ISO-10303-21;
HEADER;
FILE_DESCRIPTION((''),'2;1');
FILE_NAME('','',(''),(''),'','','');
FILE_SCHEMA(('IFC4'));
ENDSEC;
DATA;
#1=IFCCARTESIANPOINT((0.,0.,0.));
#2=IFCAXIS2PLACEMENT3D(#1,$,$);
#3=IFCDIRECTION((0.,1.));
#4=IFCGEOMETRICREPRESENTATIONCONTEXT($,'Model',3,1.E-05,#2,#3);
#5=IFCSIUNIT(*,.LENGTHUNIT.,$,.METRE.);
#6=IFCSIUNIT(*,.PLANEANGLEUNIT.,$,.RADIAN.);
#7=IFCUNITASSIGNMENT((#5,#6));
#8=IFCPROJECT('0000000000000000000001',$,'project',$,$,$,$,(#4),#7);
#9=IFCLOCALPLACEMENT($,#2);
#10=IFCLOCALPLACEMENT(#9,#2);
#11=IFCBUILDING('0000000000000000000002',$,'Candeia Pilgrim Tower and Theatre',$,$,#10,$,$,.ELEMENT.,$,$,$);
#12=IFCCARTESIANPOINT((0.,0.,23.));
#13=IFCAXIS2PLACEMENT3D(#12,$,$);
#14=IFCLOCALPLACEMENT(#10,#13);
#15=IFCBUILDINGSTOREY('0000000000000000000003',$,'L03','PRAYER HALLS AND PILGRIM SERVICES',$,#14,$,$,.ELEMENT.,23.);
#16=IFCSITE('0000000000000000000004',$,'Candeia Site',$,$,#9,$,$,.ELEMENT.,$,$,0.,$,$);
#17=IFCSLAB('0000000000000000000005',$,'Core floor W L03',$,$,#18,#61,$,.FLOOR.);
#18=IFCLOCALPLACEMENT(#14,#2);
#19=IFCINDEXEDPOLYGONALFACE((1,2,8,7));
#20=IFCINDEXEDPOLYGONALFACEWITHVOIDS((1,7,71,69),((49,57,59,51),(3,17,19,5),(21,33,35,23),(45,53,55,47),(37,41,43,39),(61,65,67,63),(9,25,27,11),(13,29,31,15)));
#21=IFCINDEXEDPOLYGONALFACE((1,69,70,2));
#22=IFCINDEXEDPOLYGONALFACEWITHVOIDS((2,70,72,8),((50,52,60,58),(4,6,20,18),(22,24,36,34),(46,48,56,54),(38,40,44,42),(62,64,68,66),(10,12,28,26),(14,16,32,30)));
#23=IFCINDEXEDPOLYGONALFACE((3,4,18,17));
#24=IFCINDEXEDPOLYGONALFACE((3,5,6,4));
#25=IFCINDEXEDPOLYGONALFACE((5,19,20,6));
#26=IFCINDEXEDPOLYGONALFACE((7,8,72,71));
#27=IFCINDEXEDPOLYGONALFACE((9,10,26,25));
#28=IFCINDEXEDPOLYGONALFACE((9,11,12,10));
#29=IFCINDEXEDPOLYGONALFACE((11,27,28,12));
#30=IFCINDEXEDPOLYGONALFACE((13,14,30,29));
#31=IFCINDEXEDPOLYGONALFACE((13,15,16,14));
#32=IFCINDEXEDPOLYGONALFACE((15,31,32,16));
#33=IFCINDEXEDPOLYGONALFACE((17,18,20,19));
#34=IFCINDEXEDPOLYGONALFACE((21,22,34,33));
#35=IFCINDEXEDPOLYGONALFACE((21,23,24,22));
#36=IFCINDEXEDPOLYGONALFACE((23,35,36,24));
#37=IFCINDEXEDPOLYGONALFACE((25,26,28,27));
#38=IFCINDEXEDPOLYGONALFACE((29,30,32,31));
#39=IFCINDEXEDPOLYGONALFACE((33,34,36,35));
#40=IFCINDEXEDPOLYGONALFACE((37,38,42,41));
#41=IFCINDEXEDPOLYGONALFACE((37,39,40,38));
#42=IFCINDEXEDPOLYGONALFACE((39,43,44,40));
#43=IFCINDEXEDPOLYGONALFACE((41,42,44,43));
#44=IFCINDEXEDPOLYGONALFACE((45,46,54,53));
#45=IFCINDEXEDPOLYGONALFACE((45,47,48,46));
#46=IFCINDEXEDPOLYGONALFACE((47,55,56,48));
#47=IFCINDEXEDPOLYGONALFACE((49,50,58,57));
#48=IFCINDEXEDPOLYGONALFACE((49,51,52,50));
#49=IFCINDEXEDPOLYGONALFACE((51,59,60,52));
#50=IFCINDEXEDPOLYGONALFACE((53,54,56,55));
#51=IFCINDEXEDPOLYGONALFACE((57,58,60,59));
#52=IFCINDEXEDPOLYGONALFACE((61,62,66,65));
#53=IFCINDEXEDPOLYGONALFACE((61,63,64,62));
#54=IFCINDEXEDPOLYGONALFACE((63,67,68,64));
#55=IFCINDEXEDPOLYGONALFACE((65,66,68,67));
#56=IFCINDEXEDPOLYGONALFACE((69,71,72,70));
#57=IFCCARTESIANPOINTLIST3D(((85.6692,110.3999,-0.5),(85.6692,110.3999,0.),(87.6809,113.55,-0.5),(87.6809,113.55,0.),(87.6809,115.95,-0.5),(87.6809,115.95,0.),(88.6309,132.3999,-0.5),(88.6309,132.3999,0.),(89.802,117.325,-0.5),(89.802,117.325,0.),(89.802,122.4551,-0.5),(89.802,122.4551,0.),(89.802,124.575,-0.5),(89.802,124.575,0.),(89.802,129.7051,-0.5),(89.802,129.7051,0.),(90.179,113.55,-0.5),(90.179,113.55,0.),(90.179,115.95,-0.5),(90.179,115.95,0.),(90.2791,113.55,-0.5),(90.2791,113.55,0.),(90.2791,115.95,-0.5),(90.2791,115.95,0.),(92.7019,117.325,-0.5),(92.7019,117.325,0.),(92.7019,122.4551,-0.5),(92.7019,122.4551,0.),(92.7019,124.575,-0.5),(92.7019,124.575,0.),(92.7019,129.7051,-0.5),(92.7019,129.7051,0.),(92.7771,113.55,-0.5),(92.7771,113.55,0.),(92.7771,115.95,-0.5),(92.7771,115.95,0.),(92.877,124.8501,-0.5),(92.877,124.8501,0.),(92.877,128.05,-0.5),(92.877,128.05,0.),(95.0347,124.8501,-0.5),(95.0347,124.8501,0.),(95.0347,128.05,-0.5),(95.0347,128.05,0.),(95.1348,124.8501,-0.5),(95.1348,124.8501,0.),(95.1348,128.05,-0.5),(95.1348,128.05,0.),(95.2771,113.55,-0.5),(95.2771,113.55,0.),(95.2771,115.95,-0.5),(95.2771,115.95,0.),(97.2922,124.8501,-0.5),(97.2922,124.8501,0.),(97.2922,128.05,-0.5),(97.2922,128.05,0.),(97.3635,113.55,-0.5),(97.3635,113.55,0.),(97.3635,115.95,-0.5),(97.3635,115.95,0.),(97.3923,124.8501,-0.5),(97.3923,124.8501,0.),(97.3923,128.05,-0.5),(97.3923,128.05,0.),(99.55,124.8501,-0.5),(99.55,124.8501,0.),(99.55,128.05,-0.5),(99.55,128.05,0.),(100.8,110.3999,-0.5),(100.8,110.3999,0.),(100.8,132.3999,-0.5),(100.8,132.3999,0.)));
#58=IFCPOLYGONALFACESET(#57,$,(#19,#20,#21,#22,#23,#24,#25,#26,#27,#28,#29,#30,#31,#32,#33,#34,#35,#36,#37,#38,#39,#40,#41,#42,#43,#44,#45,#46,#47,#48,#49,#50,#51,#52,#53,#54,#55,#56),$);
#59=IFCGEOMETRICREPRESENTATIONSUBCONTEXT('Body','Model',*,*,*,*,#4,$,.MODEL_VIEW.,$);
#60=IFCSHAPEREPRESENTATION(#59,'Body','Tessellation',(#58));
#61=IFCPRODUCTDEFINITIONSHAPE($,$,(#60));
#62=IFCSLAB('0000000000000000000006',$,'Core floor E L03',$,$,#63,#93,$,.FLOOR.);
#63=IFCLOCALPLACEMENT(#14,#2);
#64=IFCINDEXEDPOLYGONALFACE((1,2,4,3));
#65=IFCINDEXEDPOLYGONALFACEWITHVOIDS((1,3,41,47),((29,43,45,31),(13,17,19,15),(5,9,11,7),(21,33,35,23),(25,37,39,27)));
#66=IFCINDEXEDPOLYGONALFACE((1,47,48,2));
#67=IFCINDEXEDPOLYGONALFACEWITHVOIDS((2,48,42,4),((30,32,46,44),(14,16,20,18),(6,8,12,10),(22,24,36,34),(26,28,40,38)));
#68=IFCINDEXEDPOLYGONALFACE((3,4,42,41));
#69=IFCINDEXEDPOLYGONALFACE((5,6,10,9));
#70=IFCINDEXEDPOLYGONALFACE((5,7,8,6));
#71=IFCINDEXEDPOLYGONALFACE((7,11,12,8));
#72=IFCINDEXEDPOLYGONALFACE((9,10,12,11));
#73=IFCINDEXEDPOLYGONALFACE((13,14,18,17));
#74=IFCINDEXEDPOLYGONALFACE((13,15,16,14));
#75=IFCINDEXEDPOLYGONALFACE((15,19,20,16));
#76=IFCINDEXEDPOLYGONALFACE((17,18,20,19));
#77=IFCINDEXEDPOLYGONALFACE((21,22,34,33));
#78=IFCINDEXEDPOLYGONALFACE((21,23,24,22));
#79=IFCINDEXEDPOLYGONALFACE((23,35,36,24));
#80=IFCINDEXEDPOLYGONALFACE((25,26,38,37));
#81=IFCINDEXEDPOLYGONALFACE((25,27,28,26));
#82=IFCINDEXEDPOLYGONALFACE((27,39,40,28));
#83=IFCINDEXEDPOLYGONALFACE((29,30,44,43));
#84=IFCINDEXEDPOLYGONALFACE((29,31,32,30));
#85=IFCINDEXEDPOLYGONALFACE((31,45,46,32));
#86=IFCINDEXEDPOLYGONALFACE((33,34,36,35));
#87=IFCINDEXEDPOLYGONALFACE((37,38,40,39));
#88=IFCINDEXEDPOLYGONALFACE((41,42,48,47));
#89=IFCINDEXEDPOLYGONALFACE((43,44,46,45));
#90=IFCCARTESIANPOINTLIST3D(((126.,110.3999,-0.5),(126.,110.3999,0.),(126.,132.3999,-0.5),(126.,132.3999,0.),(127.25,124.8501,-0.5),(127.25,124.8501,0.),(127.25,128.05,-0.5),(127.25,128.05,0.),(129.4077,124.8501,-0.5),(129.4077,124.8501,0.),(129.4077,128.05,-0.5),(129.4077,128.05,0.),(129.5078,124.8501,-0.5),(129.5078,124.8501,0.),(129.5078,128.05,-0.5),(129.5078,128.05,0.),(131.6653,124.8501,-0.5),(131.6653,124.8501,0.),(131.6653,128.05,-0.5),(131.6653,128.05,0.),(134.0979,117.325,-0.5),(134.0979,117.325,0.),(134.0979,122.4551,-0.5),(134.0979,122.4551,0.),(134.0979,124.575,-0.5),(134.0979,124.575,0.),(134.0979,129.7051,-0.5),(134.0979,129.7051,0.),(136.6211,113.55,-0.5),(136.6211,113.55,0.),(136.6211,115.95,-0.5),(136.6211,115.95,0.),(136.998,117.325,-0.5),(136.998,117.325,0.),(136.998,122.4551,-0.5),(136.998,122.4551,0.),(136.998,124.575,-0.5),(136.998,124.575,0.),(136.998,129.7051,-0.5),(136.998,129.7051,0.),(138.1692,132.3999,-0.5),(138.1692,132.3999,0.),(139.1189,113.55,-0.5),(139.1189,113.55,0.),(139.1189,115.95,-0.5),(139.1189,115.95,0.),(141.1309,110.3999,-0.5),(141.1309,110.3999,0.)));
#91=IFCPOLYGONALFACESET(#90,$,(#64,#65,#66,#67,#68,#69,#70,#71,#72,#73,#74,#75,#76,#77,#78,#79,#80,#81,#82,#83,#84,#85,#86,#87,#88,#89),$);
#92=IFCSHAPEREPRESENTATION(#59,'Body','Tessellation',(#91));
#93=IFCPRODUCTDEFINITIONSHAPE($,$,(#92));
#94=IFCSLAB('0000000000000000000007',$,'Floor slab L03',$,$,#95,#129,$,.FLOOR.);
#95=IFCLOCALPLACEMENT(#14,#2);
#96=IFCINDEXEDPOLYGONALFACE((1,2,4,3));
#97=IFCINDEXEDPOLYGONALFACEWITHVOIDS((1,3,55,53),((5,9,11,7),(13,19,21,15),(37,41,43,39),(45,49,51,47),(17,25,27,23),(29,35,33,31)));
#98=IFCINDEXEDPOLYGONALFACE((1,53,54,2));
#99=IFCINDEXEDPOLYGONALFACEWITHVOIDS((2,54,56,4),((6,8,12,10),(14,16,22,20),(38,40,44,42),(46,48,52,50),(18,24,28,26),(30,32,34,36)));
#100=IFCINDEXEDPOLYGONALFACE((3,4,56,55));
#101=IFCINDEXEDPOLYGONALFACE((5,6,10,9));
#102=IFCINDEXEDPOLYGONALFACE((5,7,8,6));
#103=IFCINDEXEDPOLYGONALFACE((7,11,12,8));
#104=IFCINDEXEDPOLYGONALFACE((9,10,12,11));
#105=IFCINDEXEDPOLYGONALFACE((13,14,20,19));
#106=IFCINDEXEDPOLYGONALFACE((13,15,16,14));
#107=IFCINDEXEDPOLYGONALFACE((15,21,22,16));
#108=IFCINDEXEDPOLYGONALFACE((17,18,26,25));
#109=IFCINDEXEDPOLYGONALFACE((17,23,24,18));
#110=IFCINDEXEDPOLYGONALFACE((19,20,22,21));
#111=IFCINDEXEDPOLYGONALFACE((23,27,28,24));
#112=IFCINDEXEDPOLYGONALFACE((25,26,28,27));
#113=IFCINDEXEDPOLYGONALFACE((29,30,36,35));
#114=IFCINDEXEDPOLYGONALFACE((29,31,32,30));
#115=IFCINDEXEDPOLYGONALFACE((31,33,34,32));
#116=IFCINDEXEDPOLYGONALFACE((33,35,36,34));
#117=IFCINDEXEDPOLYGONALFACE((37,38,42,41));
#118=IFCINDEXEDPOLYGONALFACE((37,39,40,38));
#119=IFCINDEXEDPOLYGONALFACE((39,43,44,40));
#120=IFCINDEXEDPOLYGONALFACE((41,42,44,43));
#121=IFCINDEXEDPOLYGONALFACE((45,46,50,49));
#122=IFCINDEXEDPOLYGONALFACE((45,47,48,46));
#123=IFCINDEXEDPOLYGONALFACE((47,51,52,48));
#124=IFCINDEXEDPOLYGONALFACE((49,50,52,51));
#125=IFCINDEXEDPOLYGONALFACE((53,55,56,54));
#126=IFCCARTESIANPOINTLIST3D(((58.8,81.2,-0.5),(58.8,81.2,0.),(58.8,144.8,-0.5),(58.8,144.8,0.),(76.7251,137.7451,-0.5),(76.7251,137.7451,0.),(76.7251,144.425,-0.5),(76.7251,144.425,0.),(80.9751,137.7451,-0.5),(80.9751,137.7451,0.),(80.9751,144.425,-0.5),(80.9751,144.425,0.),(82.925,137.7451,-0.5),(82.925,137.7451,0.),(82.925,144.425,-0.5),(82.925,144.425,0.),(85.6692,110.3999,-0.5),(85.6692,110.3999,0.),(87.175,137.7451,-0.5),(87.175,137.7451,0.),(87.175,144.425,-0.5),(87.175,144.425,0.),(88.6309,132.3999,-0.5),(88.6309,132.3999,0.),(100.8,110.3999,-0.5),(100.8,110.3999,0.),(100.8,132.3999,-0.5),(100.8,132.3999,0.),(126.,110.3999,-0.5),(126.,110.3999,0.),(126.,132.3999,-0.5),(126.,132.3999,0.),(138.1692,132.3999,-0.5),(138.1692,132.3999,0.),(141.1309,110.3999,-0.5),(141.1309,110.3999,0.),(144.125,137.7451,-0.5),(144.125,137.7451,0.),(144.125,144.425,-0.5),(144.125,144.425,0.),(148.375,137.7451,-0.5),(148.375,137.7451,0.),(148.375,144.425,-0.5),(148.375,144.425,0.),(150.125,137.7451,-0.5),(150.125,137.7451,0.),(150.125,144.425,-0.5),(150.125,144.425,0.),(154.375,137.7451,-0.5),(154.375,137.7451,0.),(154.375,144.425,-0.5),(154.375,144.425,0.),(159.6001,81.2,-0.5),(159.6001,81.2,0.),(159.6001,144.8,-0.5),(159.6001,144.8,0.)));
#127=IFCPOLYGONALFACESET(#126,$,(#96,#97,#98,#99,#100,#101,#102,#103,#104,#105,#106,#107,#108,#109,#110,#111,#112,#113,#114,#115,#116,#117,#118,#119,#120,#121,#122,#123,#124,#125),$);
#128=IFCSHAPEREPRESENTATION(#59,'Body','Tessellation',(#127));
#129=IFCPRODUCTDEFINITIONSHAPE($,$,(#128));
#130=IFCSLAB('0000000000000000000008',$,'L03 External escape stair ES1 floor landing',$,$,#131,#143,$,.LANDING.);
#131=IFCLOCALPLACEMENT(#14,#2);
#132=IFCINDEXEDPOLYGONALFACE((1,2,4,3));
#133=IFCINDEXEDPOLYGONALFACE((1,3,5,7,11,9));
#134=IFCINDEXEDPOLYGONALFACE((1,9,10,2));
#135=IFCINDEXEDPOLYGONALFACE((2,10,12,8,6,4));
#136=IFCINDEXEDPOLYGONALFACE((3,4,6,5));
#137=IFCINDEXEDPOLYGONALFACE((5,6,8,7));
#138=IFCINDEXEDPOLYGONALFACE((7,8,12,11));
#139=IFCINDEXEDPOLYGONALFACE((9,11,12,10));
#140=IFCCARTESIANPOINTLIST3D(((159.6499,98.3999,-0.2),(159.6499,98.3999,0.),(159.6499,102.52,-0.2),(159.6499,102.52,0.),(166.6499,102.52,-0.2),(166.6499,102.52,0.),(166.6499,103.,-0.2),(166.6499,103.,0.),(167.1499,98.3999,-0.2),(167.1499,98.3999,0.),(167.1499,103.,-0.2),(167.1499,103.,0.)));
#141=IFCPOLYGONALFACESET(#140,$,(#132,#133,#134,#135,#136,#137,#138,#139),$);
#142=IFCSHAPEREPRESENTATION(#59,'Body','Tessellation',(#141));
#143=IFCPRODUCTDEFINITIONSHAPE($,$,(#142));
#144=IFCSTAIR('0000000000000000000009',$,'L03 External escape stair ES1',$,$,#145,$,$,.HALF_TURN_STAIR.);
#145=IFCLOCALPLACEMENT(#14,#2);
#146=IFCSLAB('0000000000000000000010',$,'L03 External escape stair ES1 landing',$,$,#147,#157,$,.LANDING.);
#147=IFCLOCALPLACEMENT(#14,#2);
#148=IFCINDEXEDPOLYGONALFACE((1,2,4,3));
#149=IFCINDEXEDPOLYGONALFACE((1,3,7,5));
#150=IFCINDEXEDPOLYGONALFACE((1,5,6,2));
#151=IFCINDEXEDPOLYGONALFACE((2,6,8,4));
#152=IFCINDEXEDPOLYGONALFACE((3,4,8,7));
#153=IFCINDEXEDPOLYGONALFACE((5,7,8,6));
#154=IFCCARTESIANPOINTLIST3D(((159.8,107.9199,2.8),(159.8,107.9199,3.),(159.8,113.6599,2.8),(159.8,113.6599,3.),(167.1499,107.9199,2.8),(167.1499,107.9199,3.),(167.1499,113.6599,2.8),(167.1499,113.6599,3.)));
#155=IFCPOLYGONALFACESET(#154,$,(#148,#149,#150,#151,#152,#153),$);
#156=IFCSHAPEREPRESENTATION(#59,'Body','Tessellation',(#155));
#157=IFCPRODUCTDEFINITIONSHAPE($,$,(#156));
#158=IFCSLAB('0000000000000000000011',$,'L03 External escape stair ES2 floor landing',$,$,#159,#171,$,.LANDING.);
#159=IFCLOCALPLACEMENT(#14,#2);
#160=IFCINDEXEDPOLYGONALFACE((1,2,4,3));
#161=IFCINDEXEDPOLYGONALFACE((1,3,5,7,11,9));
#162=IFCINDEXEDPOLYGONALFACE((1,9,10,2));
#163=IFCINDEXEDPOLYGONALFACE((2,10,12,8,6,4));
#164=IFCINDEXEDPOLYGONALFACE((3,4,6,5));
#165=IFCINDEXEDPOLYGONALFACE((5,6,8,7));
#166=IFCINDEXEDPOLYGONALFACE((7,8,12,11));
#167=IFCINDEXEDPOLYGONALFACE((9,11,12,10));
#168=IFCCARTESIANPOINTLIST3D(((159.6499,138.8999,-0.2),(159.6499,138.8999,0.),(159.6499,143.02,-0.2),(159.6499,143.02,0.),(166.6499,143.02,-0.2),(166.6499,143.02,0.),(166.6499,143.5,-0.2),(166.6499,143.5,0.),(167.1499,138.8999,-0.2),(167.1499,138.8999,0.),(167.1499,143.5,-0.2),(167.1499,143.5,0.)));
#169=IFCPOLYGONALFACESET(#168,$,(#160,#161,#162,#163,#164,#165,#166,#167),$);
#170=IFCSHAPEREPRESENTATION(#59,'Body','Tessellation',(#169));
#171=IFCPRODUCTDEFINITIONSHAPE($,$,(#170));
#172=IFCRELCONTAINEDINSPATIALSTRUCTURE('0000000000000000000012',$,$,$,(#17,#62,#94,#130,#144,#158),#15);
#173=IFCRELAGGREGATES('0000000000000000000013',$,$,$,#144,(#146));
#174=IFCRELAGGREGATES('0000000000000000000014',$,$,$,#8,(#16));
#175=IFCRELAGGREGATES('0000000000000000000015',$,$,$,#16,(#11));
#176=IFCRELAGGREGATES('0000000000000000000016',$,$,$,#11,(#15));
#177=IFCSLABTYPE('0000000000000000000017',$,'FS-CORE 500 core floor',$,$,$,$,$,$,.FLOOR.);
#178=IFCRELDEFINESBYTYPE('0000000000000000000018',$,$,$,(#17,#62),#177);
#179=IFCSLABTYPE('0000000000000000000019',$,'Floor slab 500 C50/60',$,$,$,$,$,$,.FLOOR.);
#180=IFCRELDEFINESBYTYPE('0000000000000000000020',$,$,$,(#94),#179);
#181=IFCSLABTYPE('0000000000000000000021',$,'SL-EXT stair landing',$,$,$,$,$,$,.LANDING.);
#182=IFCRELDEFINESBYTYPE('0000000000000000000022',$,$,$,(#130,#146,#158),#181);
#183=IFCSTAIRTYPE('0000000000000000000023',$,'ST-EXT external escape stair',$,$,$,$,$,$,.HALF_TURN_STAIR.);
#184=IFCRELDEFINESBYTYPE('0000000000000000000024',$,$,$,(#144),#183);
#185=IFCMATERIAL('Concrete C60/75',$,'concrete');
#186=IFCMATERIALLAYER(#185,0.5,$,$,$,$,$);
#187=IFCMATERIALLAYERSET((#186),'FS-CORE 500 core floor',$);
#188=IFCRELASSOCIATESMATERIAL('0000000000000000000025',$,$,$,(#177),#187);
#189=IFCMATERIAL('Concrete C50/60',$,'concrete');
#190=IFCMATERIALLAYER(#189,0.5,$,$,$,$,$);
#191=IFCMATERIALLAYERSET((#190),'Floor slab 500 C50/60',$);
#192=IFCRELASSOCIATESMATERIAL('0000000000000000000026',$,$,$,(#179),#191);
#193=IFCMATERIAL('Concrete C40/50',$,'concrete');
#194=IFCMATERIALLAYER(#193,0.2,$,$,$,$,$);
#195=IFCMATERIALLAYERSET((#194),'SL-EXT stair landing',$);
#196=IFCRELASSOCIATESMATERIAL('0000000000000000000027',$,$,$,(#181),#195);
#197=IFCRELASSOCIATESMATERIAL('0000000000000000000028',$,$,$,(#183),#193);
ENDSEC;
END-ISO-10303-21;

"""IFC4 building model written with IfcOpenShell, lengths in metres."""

from ifc_helpers import new_model, si_unit, direction, frame, origin, place, context, subcontext, project, spatial, polyline, outline, extrude, material, layer, layer_set, type_object, element, aggregate, save


model = new_model("IFC4")

# Units and contexts
model_context = context("Model", 3, precision=1e-05, world=origin(), true_north=direction((0.0, 1.0)))
body_context = subcontext(model_context, "Body", "Model", "MODEL_VIEW")
ifc_project = project(units=[si_unit("LENGTHUNIT", "METRE"), si_unit("PLANEANGLEUNIT", "RADIAN")], contexts=[model_context])

# Site, building, storey
site_placement = place(None, origin())
site = spatial("IfcSite", under=ifc_project, at=site_placement, Name="Candeia Site", CompositionType="ELEMENT", RefElevation=0.0)
building_placement = place(site_placement, origin())
building = spatial("IfcBuilding", under=site, at=building_placement, Name="Candeia Pilgrim Tower and Theatre", CompositionType="ELEMENT")
storey_placement = place(building_placement, frame((0.0, 0.0, 23.0)))
storey = spatial("IfcBuildingStorey", under=building, at=storey_placement, Name="L03", Description="PRAYER HALLS AND PILGRIM SERVICES", CompositionType="ELEMENT", Elevation=23.0)

# Slabs
ifc_material_1 = material(Name="Concrete C60/75", Category="concrete")
ifc_layer_1 = layer(ifc_material_1, 0.5)
ifc_layer_set_1 = layer_set([ifc_layer_1], Name="FS-CORE 500 core floor")
slab_type_1 = type_object("IfcSlabType", Name="FS-CORE 500 core floor", PredefinedType="FLOOR", material=ifc_layer_set_1)
slab_1_placement = place(storey_placement, frame((0.0, 0.0, -0.5)))
element("IfcSlab", 1, at=slab_1_placement, inside=storey, type_object=slab_type_1, Name="Core floor W L03", PredefinedType="FLOOR", context=body_context, shape_type="SweptSolid", body=[
    extrude(outline(polyline([(100.8, 132.3999), (100.8, 110.3999), (85.6692, 110.3999), (88.6309, 132.3999), (100.8, 132.3999)]), holes=[polyline([(97.3923, 128.05), (97.3923, 124.8501), (99.55, 124.8501), (99.55, 128.05), (97.3923, 128.05)]), polyline([(95.2771, 115.95), (95.2771, 113.55), (97.3635, 113.55), (97.3635, 115.95), (95.2771, 115.95)]), polyline([(95.1348, 128.05), (95.1348, 124.8501), (97.2922, 124.8501), (97.2922, 128.05), (95.1348, 128.05)]), polyline([(92.877, 128.05), (92.877, 124.8501), (95.0347, 124.8501), (95.0347, 128.05), (92.877, 128.05)]), polyline([(90.2791, 115.95), (90.2791, 113.55), (92.7771, 113.55), (92.7771, 115.95), (90.2791, 115.95)]), polyline([(89.802, 122.4551), (89.802, 117.325), (92.7019, 117.325), (92.7019, 122.4551), (89.802, 122.4551)]), polyline([(89.802, 129.7051), (89.802, 124.575), (92.7019, 124.575), (92.7019, 129.7051), (89.802, 129.7051)]), polyline([(87.6809, 115.95), (87.6809, 113.55), (90.179, 113.55), (90.179, 115.95), (87.6809, 115.95)])]), origin(), (0.0, 0.0, 1.0), 0.5),
])
slab_2_placement = place(storey_placement, frame((0.0, 0.0, -0.5)))
element("IfcSlab", 2, at=slab_2_placement, inside=storey, type_object=slab_type_1, Name="Core floor E L03", PredefinedType="FLOOR", context=body_context, shape_type="SweptSolid", body=[
    extrude(outline(polyline([(138.1692, 132.3999), (141.1309, 110.3999), (126.0, 110.3999), (126.0, 132.3999), (138.1692, 132.3999)]), holes=[polyline([(136.6211, 115.95), (136.6211, 113.55), (139.1189, 113.55), (139.1189, 115.95), (136.6211, 115.95)]), polyline([(134.0979, 117.325), (136.998, 117.325), (136.998, 122.4551), (134.0979, 122.4551), (134.0979, 117.325)]), polyline([(134.0979, 129.7051), (134.0979, 124.575), (136.998, 124.575), (136.998, 129.7051), (134.0979, 129.7051)]), polyline([(131.6653, 128.05), (129.5078, 128.05), (129.5078, 124.8501), (131.6653, 124.8501), (131.6653, 128.05)]), polyline([(127.25, 128.05), (127.25, 124.8501), (129.4077, 124.8501), (129.4077, 128.05), (127.25, 128.05)])]), origin(), (0.0, 0.0, 1.0), 0.5),
])
ifc_material_2 = material(Name="Concrete C50/60", Category="concrete")
ifc_layer_2 = layer(ifc_material_2, 0.5)
ifc_layer_set_2 = layer_set([ifc_layer_2], Name="Floor slab 500 C50/60")
slab_type_2 = type_object("IfcSlabType", Name="Floor slab 500 C50/60", PredefinedType="FLOOR", material=ifc_layer_set_2)
slab_3_placement = place(storey_placement, frame((0.0, 0.0, -0.5)))
element("IfcSlab", 3, at=slab_3_placement, inside=storey, type_object=slab_type_2, Name="Floor slab L03", PredefinedType="FLOOR", context=body_context, shape_type="SweptSolid", body=[
    extrude(outline(polyline([(58.8, 144.8), (159.6001, 144.8), (159.6001, 81.2), (58.8, 81.2), (58.8, 144.8)]), holes=[polyline([(85.6692, 110.3999), (100.8, 110.3999), (100.8, 132.3999), (88.6309, 132.3999), (85.6692, 110.3999)]), polyline([(126.0, 110.3999), (141.1309, 110.3999), (138.1692, 132.3999), (126.0, 132.3999), (126.0, 110.3999)]), polyline([(80.9751, 144.425), (76.7251, 144.425), (76.7251, 137.7451), (80.9751, 137.7451), (80.9751, 144.425)]), polyline([(87.175, 144.425), (82.925, 144.425), (82.925, 137.7451), (87.175, 137.7451), (87.175, 144.425)]), polyline([(148.375, 144.425), (144.125, 144.425), (144.125, 137.7451), (148.375, 137.7451), (148.375, 144.425)]), polyline([(154.375, 144.425), (150.125, 144.425), (150.125, 137.7451), (154.375, 137.7451), (154.375, 144.425)])]), origin(), (0.0, 0.0, 1.0), 0.5),
])
ifc_material_3 = material(Name="Concrete C40/50", Category="concrete")
ifc_layer_3 = layer(ifc_material_3, 0.2)
ifc_layer_set_3 = layer_set([ifc_layer_3], Name="SL-EXT stair landing")
slab_type_3 = type_object("IfcSlabType", Name="SL-EXT stair landing", PredefinedType="LANDING", material=ifc_layer_set_3)
slab_4_placement = place(storey_placement, frame((0.0, 0.0, -0.2)))
element("IfcSlab", 4, at=slab_4_placement, inside=storey, type_object=slab_type_3, Name="L03 External escape stair ES1 floor landing", PredefinedType="LANDING", context=body_context, shape_type="SweptSolid", body=[
    extrude(outline(polyline([(159.6499, 98.3999), (159.6499, 102.52), (166.6499, 102.52), (166.6499, 103.0), (167.1499, 103.0), (167.1499, 98.3999), (159.6499, 98.3999)])), origin(), (0.0, 0.0, 1.0), 0.2),
])

# Stair, slab
stair_type_1 = type_object("IfcStairType", Name="ST-EXT external escape stair", PredefinedType="HALF_TURN_STAIR", material=ifc_material_3)
stair_1_placement = place(storey_placement, origin())
stair_1 = element("IfcStair", 5, at=stair_1_placement, inside=storey, type_object=stair_type_1, Name="L03 External escape stair ES1", PredefinedType="HALF_TURN_STAIR")
slab_5_placement = place(storey_placement, frame((0.0, 0.0, 2.8)))
slab_5 = element("IfcSlab", 6, at=slab_5_placement, type_object=slab_type_3, Name="L03 External escape stair ES1 landing", PredefinedType="LANDING", context=body_context, shape_type="SweptSolid", body=[
    extrude(outline(polyline([(159.8, 107.9199), (159.8, 113.6599), (167.1499, 113.6599), (167.1499, 107.9199), (159.8, 107.9199)])), origin(), (0.0, 0.0, 1.0), 0.2),
])
aggregate(stair_1, [slab_5])

# Slab
slab_6_placement = place(storey_placement, frame((0.0, 0.0, -0.2)))
element("IfcSlab", 7, at=slab_6_placement, inside=storey, type_object=slab_type_3, Name="L03 External escape stair ES2 floor landing", PredefinedType="LANDING", context=body_context, shape_type="SweptSolid", body=[
    extrude(outline(polyline([(159.6499, 138.8999), (159.6499, 143.02), (166.6499, 143.02), (166.6499, 143.5), (167.1499, 143.5), (167.1499, 138.8999), (159.6499, 138.8999)])), origin(), (0.0, 0.0, 1.0), 0.2),
])

save(model, "model.ifc")
